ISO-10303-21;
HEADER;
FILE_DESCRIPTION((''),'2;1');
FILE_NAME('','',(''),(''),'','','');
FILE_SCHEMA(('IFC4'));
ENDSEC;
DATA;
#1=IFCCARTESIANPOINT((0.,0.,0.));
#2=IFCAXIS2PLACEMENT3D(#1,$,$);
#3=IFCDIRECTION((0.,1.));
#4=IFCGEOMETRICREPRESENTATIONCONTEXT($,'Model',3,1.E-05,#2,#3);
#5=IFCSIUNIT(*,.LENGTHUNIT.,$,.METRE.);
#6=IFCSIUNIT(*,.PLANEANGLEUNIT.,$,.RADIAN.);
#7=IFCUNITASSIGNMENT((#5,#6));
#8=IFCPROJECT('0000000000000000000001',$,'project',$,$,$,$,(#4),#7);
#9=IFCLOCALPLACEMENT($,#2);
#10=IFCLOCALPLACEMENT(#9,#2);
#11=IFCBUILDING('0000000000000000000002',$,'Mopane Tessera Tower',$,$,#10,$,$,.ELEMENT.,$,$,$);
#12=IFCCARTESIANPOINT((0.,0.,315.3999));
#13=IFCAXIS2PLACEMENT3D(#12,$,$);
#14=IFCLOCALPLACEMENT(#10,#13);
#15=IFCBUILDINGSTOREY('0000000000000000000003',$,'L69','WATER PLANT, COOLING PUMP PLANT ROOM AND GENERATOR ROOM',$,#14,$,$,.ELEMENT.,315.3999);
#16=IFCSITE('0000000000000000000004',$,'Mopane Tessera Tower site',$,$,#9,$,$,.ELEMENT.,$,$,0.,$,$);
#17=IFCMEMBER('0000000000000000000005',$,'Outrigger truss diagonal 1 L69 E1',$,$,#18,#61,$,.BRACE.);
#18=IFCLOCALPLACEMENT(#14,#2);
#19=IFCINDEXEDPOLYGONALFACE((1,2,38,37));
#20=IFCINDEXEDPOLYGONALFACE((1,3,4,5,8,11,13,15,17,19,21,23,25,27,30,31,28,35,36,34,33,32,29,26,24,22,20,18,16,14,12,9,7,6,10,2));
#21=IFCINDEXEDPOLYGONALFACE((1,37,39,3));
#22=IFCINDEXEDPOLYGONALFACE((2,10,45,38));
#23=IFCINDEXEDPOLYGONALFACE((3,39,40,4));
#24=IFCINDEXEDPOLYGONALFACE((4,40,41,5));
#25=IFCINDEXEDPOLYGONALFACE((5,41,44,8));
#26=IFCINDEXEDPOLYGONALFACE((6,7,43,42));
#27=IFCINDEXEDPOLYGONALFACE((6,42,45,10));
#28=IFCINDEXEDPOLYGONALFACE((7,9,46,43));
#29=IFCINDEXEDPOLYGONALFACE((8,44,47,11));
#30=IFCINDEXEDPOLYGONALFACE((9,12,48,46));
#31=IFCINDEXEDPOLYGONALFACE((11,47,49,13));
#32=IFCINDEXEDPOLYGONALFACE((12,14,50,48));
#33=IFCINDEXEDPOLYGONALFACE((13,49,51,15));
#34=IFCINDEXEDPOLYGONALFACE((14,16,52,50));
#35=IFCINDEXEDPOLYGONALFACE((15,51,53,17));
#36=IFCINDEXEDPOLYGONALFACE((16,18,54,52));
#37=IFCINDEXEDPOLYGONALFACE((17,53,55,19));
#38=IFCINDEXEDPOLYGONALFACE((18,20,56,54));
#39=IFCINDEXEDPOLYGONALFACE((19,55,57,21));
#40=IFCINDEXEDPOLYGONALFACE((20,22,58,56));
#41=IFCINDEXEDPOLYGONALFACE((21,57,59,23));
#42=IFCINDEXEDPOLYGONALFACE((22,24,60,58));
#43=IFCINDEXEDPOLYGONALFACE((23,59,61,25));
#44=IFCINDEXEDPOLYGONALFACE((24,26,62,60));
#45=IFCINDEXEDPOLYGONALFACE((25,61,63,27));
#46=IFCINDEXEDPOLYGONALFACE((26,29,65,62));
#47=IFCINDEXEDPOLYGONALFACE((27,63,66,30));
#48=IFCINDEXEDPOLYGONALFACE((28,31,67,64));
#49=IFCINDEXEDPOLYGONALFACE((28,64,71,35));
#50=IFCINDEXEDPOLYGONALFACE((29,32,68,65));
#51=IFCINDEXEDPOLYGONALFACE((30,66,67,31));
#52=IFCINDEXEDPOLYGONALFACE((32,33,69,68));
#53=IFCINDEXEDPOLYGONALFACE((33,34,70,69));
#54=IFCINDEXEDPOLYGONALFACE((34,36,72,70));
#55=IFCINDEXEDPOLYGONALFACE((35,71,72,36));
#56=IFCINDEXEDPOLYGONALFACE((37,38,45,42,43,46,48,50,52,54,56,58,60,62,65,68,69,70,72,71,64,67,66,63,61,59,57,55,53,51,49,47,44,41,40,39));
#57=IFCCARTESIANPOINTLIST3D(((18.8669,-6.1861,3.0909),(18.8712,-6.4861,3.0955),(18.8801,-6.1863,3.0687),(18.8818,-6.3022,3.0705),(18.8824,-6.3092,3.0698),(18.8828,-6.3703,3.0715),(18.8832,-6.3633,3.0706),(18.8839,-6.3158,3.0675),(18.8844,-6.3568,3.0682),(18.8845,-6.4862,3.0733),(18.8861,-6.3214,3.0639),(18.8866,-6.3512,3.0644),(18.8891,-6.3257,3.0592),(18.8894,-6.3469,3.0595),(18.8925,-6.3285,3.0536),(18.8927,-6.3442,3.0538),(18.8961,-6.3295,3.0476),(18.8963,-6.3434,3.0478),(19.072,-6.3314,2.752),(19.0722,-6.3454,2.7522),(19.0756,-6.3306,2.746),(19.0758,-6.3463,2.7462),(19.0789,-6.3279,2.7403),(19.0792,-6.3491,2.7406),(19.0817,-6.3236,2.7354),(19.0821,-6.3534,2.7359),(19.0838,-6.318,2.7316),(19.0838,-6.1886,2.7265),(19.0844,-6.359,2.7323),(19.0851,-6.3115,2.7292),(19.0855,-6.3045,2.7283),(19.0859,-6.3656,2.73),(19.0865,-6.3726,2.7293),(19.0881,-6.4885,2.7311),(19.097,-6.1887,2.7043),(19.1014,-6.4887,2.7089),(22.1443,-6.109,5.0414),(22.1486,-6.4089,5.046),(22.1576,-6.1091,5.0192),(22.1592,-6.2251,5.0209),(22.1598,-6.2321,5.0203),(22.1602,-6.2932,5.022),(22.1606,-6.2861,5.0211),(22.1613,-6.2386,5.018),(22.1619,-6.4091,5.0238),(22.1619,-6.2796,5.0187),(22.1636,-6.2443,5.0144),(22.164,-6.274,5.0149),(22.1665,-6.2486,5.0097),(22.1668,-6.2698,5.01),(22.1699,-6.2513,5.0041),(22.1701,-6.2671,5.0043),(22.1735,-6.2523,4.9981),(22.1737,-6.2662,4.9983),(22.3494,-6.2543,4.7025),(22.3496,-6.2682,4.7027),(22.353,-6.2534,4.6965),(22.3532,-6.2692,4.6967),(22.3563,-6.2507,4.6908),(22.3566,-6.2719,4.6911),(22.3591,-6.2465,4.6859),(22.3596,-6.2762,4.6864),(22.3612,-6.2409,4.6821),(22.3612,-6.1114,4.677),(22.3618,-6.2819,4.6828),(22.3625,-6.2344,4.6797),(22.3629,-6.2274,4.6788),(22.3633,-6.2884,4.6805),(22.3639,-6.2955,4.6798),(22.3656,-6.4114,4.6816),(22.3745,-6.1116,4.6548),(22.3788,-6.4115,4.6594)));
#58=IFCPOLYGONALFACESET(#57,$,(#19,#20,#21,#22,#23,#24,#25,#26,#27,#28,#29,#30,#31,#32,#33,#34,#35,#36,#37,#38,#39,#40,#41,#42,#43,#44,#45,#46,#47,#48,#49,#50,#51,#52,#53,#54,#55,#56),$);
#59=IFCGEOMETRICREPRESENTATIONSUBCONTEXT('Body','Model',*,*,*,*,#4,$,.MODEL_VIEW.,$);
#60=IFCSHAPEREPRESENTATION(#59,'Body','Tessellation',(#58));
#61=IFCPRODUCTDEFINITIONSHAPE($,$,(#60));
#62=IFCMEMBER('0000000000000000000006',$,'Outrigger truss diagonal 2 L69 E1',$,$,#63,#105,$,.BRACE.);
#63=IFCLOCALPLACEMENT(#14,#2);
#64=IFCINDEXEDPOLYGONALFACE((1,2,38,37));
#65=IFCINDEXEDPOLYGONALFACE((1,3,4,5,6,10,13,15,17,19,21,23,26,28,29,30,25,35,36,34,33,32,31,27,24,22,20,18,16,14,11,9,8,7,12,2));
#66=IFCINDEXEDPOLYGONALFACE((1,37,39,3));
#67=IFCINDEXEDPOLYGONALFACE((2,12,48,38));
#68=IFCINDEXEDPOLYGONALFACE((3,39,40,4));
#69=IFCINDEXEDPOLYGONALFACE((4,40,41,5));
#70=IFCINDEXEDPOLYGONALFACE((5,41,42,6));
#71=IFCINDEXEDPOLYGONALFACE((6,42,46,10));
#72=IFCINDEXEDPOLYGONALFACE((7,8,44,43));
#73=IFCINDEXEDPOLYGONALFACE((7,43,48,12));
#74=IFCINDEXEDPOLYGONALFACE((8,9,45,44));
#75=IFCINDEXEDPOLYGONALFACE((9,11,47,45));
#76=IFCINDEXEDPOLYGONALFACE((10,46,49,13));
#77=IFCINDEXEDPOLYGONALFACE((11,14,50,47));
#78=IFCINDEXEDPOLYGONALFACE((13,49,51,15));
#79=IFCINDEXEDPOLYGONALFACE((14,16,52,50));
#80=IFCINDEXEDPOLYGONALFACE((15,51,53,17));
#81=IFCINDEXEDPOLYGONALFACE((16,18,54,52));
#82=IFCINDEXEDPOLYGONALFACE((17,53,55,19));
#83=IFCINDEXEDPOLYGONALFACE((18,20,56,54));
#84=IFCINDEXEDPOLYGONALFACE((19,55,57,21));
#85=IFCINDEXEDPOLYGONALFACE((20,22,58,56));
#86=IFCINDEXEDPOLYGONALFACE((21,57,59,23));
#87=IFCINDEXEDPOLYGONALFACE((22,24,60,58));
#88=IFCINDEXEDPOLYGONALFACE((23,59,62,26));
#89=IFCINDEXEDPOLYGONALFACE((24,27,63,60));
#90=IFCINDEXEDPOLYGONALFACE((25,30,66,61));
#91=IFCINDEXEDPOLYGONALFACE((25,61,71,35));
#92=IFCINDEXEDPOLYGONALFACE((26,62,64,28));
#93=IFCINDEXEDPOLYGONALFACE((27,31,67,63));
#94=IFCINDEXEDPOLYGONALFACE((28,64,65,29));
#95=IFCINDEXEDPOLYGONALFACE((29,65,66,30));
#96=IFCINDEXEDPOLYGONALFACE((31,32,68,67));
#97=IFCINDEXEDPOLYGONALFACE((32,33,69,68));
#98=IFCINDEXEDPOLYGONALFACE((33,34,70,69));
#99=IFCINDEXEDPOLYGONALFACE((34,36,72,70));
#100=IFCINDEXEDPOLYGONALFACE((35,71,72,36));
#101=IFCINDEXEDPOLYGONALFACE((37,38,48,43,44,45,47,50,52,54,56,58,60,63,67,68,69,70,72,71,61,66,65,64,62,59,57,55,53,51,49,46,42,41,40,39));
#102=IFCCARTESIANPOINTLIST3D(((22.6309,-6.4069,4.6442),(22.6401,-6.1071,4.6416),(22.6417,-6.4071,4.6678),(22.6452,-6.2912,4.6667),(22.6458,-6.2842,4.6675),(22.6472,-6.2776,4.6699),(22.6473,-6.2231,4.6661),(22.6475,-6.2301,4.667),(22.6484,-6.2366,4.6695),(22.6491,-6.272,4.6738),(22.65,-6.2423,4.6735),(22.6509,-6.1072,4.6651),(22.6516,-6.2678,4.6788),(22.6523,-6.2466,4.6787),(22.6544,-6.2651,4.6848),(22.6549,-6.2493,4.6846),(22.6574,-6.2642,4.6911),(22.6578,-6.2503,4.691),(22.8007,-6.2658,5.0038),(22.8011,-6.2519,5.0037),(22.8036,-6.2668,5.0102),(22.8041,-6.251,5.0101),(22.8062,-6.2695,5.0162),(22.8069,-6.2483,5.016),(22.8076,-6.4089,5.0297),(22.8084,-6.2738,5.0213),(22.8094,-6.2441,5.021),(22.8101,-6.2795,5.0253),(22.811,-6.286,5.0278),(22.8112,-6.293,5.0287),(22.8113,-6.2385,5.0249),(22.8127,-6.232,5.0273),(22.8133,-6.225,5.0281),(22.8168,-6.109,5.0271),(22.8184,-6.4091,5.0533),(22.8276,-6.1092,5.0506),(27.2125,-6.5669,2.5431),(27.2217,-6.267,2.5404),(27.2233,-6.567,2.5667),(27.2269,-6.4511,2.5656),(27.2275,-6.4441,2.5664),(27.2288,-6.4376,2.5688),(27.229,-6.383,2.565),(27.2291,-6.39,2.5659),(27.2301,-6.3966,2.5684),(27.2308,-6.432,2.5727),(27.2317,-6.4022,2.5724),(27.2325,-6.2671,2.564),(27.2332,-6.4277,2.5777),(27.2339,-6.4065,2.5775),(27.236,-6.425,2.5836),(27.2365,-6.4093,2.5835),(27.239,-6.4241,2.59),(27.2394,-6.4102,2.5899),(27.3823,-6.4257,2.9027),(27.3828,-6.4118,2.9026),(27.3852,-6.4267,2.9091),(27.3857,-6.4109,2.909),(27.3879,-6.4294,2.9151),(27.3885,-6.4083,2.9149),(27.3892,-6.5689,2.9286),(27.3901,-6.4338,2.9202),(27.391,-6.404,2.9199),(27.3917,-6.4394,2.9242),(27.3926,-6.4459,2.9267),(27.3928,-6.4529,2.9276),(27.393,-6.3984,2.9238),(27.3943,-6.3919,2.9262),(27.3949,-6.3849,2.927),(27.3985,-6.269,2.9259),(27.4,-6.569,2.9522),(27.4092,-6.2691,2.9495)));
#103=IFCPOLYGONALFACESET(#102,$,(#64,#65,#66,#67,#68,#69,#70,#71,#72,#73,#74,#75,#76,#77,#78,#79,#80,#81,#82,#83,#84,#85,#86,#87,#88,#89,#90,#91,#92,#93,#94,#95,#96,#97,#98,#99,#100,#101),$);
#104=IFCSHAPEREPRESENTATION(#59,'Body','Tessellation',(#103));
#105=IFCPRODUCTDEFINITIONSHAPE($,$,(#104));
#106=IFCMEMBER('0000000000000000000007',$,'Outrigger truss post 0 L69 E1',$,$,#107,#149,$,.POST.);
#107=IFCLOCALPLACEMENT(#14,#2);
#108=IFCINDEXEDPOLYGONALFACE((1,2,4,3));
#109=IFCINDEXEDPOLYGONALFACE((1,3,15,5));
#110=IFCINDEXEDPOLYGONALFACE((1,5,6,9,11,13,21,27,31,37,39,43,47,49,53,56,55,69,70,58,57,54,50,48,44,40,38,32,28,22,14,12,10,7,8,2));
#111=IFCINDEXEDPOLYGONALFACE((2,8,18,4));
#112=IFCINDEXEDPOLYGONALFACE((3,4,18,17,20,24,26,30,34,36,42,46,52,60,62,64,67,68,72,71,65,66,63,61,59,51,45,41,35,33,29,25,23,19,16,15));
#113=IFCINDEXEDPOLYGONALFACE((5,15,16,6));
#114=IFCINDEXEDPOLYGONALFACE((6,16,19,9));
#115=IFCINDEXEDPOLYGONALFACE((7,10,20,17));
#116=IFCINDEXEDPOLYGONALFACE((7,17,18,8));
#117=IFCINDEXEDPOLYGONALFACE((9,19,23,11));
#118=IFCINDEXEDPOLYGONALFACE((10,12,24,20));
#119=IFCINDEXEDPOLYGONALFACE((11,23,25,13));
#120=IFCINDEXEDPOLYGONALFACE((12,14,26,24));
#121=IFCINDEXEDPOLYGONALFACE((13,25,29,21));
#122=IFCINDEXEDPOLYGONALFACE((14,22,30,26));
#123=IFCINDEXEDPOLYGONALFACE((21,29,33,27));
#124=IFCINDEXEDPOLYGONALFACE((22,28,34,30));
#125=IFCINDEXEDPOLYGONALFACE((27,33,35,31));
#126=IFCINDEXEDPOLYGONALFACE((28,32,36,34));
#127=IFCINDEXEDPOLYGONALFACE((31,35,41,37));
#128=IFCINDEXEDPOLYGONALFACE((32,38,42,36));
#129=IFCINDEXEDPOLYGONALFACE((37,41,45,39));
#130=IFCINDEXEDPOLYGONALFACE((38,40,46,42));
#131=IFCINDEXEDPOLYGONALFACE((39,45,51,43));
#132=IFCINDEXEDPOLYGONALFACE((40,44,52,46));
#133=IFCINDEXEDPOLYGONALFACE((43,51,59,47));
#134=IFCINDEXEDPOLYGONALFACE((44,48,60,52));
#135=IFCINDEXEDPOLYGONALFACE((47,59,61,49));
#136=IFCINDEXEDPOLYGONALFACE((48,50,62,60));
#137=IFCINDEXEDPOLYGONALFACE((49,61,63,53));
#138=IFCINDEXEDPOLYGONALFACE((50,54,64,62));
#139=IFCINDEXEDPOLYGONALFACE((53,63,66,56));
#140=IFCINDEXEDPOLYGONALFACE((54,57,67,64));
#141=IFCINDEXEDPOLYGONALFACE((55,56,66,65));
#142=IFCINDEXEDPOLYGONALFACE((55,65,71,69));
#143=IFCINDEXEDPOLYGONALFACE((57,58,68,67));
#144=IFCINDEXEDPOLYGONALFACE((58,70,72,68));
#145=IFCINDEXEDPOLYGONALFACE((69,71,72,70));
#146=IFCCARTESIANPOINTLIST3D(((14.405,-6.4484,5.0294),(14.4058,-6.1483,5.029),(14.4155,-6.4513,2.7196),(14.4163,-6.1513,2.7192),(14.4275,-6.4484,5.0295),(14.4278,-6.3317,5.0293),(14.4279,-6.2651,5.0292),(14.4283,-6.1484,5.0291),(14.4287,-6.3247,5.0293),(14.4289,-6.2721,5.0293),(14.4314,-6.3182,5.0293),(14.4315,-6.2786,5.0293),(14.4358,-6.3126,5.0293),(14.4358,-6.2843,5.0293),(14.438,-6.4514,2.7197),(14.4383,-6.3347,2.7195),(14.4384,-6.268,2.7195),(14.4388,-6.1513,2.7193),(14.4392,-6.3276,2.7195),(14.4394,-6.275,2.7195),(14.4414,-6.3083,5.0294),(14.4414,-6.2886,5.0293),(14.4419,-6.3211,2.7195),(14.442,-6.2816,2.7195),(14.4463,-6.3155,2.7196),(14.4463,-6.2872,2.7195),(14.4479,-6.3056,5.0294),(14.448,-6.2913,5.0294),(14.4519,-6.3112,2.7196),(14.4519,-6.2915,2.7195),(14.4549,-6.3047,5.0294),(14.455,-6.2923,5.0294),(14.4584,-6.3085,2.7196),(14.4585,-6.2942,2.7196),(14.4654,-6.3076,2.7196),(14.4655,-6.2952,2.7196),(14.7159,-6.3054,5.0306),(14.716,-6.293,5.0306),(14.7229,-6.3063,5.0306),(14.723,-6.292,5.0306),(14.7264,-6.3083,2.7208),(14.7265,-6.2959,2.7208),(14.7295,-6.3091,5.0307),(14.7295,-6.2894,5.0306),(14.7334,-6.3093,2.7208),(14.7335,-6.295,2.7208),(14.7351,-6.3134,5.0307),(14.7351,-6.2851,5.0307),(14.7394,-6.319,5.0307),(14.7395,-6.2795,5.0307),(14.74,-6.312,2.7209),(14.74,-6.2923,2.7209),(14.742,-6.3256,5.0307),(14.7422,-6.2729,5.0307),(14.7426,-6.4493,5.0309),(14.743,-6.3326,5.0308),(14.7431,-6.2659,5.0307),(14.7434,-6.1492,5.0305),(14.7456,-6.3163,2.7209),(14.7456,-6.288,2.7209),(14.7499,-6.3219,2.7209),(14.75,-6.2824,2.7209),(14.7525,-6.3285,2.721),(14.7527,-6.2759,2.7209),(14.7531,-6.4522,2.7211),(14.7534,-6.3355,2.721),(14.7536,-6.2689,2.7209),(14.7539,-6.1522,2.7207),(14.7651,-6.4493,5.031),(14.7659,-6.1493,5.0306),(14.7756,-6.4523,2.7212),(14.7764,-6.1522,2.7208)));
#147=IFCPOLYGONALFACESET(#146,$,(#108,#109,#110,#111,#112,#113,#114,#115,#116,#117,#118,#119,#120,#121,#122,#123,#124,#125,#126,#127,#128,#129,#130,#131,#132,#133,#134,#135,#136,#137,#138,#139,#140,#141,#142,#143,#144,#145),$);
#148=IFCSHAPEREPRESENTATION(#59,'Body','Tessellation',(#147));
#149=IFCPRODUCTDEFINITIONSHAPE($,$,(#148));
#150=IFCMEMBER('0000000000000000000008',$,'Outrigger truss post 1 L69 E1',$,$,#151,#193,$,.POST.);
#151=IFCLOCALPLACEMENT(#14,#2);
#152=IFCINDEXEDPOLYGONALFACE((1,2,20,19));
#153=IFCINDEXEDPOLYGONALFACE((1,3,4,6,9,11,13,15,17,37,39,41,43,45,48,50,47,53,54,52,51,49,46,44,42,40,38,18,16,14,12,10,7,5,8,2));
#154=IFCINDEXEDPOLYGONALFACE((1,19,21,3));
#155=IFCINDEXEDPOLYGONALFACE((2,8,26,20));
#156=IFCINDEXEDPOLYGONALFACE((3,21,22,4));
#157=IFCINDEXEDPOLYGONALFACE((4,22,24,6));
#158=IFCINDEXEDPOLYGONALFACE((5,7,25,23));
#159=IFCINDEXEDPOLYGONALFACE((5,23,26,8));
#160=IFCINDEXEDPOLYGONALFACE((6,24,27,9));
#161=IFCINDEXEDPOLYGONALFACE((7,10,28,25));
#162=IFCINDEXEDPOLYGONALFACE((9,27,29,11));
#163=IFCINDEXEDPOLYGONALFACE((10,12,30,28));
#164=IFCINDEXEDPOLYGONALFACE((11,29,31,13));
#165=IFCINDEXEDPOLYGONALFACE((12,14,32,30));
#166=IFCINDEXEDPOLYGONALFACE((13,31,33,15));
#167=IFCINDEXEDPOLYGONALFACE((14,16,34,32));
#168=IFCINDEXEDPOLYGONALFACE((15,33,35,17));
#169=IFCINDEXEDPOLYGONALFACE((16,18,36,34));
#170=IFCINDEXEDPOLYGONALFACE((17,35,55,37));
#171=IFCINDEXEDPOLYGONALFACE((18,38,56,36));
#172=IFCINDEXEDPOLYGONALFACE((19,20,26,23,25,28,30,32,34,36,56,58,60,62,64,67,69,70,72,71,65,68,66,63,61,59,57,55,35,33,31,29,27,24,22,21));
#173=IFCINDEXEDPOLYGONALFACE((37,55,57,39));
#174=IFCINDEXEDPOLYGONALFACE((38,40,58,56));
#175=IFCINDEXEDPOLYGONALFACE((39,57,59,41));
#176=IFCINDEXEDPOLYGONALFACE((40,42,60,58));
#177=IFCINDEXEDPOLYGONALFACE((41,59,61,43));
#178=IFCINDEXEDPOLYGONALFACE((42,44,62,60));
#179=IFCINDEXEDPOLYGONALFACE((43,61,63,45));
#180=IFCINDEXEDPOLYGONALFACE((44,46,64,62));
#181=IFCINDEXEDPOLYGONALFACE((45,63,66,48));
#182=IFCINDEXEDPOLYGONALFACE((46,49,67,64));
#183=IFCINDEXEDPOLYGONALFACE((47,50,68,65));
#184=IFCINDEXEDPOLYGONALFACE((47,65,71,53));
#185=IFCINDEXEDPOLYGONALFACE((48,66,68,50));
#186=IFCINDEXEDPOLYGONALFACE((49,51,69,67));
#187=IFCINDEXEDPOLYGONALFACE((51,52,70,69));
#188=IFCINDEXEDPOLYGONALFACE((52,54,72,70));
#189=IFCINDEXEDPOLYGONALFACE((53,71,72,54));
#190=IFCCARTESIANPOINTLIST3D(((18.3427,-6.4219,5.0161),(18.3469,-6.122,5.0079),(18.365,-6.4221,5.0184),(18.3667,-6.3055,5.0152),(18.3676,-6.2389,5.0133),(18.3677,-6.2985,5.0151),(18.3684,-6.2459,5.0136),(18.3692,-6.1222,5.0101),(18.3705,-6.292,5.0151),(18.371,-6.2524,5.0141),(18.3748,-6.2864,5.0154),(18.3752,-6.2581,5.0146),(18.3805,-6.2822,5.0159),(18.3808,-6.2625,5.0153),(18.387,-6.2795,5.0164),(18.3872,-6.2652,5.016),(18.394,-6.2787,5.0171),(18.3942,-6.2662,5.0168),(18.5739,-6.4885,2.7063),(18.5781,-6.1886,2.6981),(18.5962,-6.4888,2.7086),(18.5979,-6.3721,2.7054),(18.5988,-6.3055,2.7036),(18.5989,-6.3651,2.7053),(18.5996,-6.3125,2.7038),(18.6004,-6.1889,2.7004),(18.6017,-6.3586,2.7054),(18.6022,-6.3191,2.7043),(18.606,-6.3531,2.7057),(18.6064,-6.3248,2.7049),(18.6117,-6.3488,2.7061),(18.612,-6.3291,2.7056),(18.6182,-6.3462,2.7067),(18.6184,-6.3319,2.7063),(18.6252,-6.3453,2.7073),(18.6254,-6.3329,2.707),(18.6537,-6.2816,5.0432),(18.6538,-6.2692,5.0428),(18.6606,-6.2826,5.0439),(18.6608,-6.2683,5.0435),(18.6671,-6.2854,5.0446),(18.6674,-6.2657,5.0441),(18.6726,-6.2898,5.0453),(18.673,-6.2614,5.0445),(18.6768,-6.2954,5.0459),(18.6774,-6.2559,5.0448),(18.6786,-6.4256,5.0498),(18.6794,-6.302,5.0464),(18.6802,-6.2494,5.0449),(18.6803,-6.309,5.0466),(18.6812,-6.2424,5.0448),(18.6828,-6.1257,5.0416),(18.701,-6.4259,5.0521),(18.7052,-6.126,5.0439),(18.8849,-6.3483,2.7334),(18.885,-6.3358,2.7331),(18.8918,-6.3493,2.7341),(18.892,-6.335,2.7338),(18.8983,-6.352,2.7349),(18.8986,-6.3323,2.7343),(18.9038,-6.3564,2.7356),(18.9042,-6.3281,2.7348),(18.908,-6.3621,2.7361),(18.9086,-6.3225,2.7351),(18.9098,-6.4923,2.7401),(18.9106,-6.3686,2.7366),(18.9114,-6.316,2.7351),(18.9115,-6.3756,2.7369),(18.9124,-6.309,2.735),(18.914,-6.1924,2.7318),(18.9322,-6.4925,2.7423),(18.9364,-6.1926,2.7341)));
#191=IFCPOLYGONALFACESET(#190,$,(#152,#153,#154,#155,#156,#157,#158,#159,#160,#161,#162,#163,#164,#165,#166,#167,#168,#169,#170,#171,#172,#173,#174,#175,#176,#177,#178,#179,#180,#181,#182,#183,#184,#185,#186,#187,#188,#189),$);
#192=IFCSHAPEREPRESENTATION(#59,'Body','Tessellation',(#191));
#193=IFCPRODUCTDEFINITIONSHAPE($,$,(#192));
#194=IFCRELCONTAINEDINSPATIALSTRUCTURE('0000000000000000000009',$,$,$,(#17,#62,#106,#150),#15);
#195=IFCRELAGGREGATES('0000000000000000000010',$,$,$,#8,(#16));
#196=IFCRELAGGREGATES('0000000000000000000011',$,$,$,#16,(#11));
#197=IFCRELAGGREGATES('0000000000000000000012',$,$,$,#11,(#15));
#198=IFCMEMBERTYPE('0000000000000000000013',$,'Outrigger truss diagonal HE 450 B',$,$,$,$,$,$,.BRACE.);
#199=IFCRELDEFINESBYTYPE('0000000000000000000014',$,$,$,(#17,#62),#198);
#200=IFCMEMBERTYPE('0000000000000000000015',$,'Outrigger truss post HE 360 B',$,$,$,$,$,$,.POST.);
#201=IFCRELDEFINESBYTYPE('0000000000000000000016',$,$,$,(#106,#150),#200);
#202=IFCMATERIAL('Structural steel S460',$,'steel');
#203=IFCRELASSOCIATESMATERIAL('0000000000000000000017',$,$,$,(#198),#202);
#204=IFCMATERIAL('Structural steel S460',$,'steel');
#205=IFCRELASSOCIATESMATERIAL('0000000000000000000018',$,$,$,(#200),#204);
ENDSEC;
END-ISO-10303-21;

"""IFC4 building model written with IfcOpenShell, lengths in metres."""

from ifc_helpers import new_model, si_unit, direction, frame, origin, origin_2d, place, context, subcontext, project, spatial, i_section, extrude, material, material_profile, profile_set, type_object, element, save


model = new_model("IFC4")

# Units and contexts
model_context = context("Model", 3, precision=1e-05, world=origin(), true_north=direction((0.0, 1.0)))
body_context = subcontext(model_context, "Body", "Model", "MODEL_VIEW")
ifc_project = project(units=[si_unit("LENGTHUNIT", "METRE"), si_unit("PLANEANGLEUNIT", "RADIAN")], contexts=[model_context])

# Site, building, storey
site_placement = place(None, origin())
site = spatial("IfcSite", under=ifc_project, at=site_placement, Name="Mopane Tessera Tower site", CompositionType="ELEMENT", RefElevation=0.0)
building_placement = place(site_placement, origin())
building = spatial("IfcBuilding", under=site, at=building_placement, Name="Mopane Tessera Tower", CompositionType="ELEMENT")
storey_placement = place(building_placement, frame((0.0, 0.0, 315.3999)))
storey = spatial("IfcBuildingStorey", under=building, at=storey_placement, Name="L69", Description="WATER PLANT, COOLING PUMP PLANT ROOM AND GENERATOR ROOM", CompositionType="ELEMENT", Elevation=315.3999)

# Members
ifc_material_1 = material(Name="Structural steel S460", Category="steel")
ifc_material_profile_1 = material_profile(ifc_material_1, i_section(OverallWidth=0.3, OverallDepth=0.45, WebThickness=0.0139, FlangeThickness=0.0259, FilletRadius=0.0271, at=origin_2d()))
ifc_profile_set_1 = profile_set([ifc_material_profile_1], Name="Structural steel S460")
member_type_1 = type_object("IfcMemberType", Name="Outrigger truss diagonal HE 450 B", PredefinedType="BRACE", material=ifc_profile_set_1)
member_1_placement = place(storey_placement, frame((18.9841, -6.3374, 2.8999), z_axis=(0.859159, 0.020225, 0.511309), x_axis=(-0.014427, 0.999779, -0.015304)))
element("IfcMember", 1, at=member_1_placement, inside=storey, type_object=member_type_1, Name="Outrigger truss diagonal 1 L69 E1", PredefinedType="BRACE", context=body_context, shape_type="SweptSolid", body=[
    extrude(i_section(OverallWidth=0.3, OverallDepth=0.45, WebThickness=0.0139, FlangeThickness=0.0259, FilletRadius=0.0271, at=origin_2d()), origin(), (0.0, 0.0, 1.0), 3.8147),
])
member_2_placement = place(storey_placement, frame((22.7292, -6.2581, 4.8474), z_axis=(0.908517, -0.03171, -0.416642), x_axis=(0.030782, 0.999486, -0.008947)))
element("IfcMember", 2, at=member_2_placement, inside=storey, type_object=member_type_1, Name="Outrigger truss diagonal 2 L69 E1", PredefinedType="BRACE", context=body_context, shape_type="SweptSolid", body=[
    extrude(i_section(OverallWidth=0.3, OverallDepth=0.45, WebThickness=0.0139, FlangeThickness=0.0259, FilletRadius=0.0271, at=origin_2d()), origin(), (0.0, 0.0, 1.0), 5.043),
])
ifc_material_2 = material(Name="Structural steel S460", Category="steel")
ifc_material_profile_2 = material_profile(ifc_material_2, i_section(OverallWidth=0.3, OverallDepth=0.3601, WebThickness=0.0125, FlangeThickness=0.0225, FilletRadius=0.0271, at=origin_2d()))
ifc_profile_set_2 = profile_set([ifc_material_profile_2], Name="Structural steel S460")
member_type_2 = type_object("IfcMemberType", Name="Outrigger truss post HE 360 B", PredefinedType="POST", material=ifc_profile_set_2)
member_3_placement = place(storey_placement, frame((14.5959, -6.3018, 2.7202), z_axis=(-0.004545, 0.001268, 0.999989), x_axis=(0.002684, 0.999996, -0.001256)))
element("IfcMember", 3, at=member_3_placement, inside=storey, type_object=member_type_2, Name="Outrigger truss post 0 L69 E1", PredefinedType="POST", context=body_context, shape_type="SweptSolid", body=[
    extrude(i_section(OverallWidth=0.3, OverallDepth=0.3601, WebThickness=0.0125, FlangeThickness=0.0225, FilletRadius=0.0271, at=origin_2d()), origin(), (0.0, 0.0, 1.0), 2.3098),
])
member_4_placement = place(storey_placement, frame((18.7551, -6.3406, 2.7202), z_axis=(-0.099556, 0.0287, 0.994618), x_axis=(0.013954, 0.999526, -0.027445)))
element("IfcMember", 4, at=member_4_placement, inside=storey, type_object=member_type_2, Name="Outrigger truss post 1 L69 E1", PredefinedType="POST", context=body_context, shape_type="SweptSolid", body=[
    extrude(i_section(OverallWidth=0.3, OverallDepth=0.3601, WebThickness=0.0125, FlangeThickness=0.0225, FilletRadius=0.0271, at=origin_2d()), origin(), (0.0, 0.0, 1.0), 2.3223),
])

save(model, "model.ifc")
